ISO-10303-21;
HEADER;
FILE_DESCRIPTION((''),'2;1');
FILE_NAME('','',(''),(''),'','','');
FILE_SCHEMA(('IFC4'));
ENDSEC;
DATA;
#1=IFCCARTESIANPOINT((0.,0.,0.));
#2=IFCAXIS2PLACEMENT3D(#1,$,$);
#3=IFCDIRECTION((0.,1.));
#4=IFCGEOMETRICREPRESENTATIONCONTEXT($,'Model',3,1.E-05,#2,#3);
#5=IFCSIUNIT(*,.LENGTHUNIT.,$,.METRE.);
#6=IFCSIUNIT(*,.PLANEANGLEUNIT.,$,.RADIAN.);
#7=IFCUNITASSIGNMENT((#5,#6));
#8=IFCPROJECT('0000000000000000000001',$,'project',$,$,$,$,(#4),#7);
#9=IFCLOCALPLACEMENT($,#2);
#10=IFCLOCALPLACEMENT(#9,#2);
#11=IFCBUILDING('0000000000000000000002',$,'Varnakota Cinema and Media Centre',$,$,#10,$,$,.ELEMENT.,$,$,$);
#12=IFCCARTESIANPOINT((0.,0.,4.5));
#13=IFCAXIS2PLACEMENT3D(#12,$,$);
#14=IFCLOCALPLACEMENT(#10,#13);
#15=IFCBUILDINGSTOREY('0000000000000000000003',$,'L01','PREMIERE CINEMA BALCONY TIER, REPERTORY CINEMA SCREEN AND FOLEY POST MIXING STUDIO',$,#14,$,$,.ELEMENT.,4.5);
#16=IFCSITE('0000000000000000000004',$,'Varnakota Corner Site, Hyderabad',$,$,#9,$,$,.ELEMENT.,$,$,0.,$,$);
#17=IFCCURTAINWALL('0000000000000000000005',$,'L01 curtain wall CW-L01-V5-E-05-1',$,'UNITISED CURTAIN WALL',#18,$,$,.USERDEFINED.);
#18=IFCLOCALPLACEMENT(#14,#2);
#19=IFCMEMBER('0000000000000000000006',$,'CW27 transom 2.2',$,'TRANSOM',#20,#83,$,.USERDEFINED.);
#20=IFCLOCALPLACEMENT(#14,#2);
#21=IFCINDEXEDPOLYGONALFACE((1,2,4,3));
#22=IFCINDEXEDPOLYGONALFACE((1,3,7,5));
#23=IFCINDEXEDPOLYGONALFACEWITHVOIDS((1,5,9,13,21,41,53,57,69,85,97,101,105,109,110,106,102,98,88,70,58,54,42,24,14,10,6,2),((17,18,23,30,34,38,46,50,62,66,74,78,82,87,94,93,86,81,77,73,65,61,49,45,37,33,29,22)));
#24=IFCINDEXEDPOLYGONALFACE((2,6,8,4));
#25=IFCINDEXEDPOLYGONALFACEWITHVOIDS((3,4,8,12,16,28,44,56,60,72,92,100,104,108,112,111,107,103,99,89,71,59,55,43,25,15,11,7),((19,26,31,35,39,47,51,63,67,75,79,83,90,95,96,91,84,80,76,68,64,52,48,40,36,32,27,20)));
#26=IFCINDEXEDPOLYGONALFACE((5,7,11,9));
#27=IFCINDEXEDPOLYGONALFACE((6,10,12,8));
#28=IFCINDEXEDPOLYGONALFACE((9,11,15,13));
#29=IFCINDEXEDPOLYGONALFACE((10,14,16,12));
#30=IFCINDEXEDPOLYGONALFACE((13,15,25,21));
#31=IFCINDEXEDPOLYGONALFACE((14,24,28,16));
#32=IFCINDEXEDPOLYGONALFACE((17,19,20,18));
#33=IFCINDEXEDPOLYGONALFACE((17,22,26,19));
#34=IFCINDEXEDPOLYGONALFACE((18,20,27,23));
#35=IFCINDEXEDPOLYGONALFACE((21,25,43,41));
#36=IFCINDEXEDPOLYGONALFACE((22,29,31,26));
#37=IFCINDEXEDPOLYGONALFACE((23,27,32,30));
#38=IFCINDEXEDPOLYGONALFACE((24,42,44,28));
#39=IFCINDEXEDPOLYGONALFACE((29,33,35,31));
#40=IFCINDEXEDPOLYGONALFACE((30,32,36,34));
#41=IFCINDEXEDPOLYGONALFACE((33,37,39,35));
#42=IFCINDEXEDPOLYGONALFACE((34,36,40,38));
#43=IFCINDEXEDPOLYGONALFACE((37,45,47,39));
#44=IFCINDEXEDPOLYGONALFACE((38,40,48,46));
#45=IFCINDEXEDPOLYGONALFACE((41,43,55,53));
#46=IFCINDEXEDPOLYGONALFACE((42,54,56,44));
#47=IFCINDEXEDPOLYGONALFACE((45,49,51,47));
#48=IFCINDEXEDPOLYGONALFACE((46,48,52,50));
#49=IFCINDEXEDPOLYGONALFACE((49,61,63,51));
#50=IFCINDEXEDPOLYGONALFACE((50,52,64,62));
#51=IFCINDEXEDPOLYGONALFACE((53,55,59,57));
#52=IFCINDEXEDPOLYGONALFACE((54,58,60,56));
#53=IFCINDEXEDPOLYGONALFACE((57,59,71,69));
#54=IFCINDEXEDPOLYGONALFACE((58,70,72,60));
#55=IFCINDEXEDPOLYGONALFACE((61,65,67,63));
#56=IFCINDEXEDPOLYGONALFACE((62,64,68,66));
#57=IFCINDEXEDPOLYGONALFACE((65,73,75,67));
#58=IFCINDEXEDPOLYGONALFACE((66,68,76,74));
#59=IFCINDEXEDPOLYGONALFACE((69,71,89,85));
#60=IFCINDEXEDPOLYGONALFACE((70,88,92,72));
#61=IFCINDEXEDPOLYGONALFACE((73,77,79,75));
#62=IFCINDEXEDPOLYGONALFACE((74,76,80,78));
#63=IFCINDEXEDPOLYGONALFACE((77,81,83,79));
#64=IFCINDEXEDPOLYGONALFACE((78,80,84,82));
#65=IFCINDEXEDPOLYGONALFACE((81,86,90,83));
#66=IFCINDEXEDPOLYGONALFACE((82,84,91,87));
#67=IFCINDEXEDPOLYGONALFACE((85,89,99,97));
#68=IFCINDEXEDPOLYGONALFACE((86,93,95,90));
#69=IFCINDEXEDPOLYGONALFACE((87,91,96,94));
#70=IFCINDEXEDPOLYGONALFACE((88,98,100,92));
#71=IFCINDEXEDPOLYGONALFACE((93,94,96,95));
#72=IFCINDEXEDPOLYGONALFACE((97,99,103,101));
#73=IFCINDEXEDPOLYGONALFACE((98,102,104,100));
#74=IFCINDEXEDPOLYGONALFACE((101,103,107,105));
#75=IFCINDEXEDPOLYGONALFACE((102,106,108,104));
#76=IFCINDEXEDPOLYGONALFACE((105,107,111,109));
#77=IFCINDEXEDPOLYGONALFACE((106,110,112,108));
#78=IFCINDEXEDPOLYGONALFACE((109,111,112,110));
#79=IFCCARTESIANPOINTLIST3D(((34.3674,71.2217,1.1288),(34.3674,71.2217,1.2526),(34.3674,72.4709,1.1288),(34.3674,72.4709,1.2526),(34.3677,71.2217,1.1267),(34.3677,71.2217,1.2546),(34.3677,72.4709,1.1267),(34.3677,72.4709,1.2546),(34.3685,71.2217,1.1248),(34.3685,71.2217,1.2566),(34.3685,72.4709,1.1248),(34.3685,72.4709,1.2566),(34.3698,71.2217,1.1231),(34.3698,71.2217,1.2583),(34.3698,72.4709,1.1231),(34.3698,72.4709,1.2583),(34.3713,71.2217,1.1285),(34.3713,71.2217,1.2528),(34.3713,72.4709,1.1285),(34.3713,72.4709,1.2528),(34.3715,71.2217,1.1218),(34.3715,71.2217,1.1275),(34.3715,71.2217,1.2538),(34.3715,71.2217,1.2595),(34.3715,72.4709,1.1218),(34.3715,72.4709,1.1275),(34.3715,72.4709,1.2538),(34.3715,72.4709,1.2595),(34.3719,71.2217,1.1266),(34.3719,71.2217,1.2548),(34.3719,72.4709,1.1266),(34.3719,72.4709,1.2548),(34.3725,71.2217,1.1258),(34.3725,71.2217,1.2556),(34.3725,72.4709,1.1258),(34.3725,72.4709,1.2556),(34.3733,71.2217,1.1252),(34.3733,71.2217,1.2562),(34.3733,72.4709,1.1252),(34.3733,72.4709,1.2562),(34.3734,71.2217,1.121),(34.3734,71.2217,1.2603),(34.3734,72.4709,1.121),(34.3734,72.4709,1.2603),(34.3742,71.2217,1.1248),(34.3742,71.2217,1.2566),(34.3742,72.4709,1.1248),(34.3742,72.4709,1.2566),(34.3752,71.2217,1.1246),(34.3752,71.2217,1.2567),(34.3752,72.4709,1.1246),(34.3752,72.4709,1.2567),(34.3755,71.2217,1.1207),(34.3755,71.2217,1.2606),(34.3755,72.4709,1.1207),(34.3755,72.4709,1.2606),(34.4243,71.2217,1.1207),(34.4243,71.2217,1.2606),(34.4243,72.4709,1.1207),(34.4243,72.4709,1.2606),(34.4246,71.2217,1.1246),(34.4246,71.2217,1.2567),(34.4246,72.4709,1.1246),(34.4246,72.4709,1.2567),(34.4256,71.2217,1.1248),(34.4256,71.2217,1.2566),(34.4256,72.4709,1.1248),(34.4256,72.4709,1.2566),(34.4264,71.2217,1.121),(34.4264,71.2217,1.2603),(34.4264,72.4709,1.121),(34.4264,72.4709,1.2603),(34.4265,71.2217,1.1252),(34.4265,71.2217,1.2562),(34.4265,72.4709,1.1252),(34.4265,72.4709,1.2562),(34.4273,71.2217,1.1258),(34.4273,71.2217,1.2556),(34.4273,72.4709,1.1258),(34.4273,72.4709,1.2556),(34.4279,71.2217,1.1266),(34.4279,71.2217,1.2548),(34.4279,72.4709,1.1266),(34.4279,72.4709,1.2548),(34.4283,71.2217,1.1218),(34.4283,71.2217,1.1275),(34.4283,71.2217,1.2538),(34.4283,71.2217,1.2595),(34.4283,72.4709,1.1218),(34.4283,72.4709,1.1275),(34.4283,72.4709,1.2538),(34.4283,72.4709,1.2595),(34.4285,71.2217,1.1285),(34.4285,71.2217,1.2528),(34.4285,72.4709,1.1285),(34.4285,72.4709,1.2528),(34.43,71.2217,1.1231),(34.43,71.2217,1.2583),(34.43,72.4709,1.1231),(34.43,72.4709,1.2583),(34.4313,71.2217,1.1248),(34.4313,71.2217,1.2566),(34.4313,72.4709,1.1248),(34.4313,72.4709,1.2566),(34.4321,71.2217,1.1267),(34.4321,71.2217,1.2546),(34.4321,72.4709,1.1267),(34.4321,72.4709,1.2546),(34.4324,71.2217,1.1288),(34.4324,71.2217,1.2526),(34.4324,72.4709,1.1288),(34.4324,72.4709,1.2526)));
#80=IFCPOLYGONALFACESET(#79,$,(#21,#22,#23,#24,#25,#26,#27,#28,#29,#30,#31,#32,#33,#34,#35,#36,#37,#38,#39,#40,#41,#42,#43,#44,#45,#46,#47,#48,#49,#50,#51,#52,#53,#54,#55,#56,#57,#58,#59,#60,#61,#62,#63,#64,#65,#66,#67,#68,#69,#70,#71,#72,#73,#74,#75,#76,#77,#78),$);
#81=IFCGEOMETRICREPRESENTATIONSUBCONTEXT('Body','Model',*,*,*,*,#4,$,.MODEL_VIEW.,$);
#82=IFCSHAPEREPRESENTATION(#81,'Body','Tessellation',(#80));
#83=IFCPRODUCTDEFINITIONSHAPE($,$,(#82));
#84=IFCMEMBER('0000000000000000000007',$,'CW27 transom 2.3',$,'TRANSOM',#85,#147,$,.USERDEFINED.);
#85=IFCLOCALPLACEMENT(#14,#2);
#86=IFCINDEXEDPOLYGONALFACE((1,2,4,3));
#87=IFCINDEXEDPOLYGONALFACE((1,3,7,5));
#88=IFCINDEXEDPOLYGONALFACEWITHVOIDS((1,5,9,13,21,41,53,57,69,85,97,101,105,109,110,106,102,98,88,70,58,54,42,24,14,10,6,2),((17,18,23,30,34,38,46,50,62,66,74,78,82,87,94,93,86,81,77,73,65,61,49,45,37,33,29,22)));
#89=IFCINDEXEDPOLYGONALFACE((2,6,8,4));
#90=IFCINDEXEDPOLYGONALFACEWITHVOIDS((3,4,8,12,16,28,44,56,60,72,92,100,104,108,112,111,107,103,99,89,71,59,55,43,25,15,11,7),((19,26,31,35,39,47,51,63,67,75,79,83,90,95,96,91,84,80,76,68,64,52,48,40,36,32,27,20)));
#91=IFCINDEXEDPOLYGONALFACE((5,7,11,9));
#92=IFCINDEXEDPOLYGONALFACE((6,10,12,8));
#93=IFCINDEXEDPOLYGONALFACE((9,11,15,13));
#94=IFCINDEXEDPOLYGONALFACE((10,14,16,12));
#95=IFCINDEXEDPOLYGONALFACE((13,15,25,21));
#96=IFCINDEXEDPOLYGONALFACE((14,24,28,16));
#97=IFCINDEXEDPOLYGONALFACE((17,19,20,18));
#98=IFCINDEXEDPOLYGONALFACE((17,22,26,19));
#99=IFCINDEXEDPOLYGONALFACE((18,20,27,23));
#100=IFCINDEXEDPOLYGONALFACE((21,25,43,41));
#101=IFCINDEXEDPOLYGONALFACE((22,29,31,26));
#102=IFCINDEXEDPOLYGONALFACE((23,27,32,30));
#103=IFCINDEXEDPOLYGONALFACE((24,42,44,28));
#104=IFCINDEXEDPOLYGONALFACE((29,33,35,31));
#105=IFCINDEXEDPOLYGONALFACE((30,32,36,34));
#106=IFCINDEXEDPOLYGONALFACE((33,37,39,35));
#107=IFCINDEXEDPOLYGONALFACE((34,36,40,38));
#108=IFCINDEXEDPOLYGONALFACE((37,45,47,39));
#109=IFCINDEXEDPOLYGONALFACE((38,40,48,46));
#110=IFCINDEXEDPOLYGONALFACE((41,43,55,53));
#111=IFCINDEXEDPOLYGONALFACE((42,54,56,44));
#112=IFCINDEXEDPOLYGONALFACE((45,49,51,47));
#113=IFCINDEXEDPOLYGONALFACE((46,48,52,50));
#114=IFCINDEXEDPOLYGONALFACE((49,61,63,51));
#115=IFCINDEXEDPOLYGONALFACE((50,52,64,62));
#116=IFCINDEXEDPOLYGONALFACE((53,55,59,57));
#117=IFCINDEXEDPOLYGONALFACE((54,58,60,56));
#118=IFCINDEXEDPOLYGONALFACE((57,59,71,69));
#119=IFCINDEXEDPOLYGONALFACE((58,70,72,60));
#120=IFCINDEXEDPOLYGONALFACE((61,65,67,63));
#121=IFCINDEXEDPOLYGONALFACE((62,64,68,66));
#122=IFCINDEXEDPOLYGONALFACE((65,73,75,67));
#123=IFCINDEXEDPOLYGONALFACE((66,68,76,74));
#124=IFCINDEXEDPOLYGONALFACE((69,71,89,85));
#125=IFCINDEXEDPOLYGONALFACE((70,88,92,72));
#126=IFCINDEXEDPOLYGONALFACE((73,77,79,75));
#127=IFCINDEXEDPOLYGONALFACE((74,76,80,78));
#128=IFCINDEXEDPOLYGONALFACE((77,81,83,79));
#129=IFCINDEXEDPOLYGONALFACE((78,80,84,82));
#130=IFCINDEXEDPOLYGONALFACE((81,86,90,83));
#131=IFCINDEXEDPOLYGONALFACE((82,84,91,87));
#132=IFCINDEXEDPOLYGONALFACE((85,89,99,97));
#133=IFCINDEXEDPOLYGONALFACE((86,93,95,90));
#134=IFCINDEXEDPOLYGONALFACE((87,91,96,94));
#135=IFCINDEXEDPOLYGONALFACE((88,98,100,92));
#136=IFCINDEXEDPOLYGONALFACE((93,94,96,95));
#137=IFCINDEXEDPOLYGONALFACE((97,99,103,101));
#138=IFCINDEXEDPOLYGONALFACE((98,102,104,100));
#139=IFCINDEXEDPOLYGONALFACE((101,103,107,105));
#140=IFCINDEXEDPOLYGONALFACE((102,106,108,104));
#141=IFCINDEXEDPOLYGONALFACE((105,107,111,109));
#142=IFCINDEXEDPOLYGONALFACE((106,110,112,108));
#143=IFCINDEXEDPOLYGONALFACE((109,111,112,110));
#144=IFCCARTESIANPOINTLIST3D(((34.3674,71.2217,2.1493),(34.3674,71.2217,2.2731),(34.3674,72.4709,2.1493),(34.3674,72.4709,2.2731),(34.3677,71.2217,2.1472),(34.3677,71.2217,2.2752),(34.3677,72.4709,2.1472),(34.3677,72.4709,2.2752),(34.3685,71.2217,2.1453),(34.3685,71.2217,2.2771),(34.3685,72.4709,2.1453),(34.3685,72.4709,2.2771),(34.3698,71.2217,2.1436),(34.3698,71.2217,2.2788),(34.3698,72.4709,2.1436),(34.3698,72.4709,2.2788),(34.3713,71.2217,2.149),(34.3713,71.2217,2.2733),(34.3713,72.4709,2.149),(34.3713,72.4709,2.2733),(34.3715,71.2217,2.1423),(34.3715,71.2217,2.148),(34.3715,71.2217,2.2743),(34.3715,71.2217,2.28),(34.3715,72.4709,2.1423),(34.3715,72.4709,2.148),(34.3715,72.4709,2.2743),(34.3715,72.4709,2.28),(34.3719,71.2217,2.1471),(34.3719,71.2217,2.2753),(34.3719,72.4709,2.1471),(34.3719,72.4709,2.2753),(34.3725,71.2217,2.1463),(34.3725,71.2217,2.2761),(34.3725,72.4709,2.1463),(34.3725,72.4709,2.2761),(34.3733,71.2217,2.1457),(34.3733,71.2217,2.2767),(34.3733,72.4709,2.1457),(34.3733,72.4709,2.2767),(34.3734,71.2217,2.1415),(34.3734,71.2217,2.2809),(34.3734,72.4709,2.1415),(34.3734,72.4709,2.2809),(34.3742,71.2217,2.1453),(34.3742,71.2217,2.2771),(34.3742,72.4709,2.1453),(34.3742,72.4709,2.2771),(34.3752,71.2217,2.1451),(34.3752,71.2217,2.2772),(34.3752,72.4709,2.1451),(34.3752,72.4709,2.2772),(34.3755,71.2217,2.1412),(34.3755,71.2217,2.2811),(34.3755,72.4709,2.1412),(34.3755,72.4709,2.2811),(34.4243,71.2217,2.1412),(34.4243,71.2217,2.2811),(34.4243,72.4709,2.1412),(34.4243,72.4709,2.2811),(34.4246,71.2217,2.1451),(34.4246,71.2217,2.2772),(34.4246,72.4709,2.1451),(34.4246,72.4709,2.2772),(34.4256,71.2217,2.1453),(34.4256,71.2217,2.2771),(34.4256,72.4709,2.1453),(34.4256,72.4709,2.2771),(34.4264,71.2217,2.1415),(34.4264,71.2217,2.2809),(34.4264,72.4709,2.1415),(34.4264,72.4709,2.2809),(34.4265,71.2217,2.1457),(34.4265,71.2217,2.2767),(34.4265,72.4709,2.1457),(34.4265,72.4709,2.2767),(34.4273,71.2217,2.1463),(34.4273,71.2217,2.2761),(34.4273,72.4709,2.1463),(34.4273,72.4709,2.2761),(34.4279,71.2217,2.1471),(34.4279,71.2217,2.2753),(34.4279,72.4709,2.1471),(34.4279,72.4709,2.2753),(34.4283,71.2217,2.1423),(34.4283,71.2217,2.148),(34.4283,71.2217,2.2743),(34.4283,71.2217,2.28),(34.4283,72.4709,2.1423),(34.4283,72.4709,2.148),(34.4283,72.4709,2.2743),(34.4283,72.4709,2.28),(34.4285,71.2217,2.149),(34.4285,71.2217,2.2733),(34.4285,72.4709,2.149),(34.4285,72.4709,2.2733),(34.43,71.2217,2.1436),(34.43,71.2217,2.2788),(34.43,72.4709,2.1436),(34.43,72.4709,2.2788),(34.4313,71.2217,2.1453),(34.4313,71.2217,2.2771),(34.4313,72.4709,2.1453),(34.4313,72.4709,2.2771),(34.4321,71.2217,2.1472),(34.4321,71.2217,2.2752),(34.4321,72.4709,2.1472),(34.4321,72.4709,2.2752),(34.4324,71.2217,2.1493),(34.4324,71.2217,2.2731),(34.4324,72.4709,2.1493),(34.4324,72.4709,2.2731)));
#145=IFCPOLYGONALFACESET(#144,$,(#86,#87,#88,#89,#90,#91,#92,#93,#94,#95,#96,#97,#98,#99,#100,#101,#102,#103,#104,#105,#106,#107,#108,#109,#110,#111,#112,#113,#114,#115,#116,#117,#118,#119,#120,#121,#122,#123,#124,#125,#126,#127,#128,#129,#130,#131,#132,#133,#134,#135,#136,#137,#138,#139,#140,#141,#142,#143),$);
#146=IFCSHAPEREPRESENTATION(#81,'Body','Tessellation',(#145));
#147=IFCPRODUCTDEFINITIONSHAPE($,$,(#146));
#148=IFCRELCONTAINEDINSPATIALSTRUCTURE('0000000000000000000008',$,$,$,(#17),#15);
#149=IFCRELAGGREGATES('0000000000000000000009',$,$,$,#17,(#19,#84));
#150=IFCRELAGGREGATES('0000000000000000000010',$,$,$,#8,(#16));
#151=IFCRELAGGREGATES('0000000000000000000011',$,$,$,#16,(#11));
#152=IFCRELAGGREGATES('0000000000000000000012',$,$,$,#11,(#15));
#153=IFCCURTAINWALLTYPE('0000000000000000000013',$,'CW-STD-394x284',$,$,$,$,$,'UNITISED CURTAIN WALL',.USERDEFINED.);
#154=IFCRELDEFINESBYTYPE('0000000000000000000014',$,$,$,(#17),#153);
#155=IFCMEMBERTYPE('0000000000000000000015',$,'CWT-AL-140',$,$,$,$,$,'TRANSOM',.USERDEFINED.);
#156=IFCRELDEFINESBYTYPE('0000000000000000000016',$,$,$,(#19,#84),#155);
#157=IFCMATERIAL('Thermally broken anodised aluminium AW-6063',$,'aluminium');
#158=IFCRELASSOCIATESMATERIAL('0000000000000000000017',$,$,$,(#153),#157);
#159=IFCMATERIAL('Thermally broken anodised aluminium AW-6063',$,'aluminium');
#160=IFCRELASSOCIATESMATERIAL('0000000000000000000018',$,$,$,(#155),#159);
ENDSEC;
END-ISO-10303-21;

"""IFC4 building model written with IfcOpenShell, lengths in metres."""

from ifc_helpers import new_model, si_unit, direction, frame, origin, origin_2d, place, context, subcontext, project, spatial, hollow_rectangle, extrude, material, material_profile, profile_set, type_object, element, aggregate, save


model = new_model("IFC4")

# Units and contexts
model_context = context("Model", 3, precision=1e-05, world=origin(), true_north=direction((0.0, 1.0)))
body_context = subcontext(model_context, "Body", "Model", "MODEL_VIEW")
ifc_project = project(units=[si_unit("LENGTHUNIT", "METRE"), si_unit("PLANEANGLEUNIT", "RADIAN")], contexts=[model_context])

# Site, building, storey
site_placement = place(None, origin())
site = spatial("IfcSite", under=ifc_project, at=site_placement, Name="Varnakota Corner Site, Hyderabad", CompositionType="ELEMENT", RefElevation=0.0)
building_placement = place(site_placement, origin())
building = spatial("IfcBuilding", under=site, at=building_placement, Name="Varnakota Cinema and Media Centre", CompositionType="ELEMENT")
storey_placement = place(building_placement, frame((0.0, 0.0, 4.5)))
storey = spatial("IfcBuildingStorey", under=building, at=storey_placement, Name="L01", Description="PREMIERE CINEMA BALCONY TIER, REPERTORY CINEMA SCREEN AND FOLEY POST MIXING STUDIO", CompositionType="ELEMENT", Elevation=4.5)

# Curtain wall, members
ifc_material_1 = material(Name="Thermally broken anodised aluminium AW-6063", Category="aluminium")
curtain_wall_type = type_object("IfcCurtainWallType", Name="CW-STD-394x284", ElementType="UNITISED CURTAIN WALL", PredefinedType="USERDEFINED", material=ifc_material_1)
curtain_wall_placement = place(storey_placement, origin())
curtain_wall = element("IfcCurtainWall", 1, at=curtain_wall_placement, inside=storey, type_object=curtain_wall_type, Name="L01 curtain wall CW-L01-V5-E-05-1", ObjectType="UNITISED CURTAIN WALL", PredefinedType="USERDEFINED")
ifc_material_2 = material(Name="Thermally broken anodised aluminium AW-6063", Category="aluminium")
ifc_material_profile_1 = material_profile(ifc_material_2, hollow_rectangle(XDim=0.0649, YDim=0.1399, WallThickness=0.0039, InnerFilletRadius=0.0039, OuterFilletRadius=0.0081, at=origin_2d()), Name="AL-TRANSOM 140x65x4")
ifc_profile_set_1 = profile_set([ifc_material_profile_1], Name="Thermally broken anodised aluminium AW-6063")
member_type_1 = type_object("IfcMemberType", Name="CWT-AL-140", ElementType="TRANSOM", PredefinedType="USERDEFINED", material=ifc_profile_set_1)
member_1_placement = place(storey_placement, frame((34.3999, 71.2217, 1.1907), z_axis=(0.0, 1.0, 0.0), x_axis=(-1.0, 0.0, 0.0)))
member_1 = element("IfcMember", 2, at=member_1_placement, type_object=member_type_1, Name="CW27 transom 2.2", ObjectType="TRANSOM", PredefinedType="USERDEFINED", context=body_context, shape_type="SweptSolid", body=[
    extrude(hollow_rectangle(XDim=0.0649, YDim=0.1399, WallThickness=0.0039, InnerFilletRadius=0.0039, OuterFilletRadius=0.0081, at=origin_2d()), origin(), (0.0, 0.0, 1.0), 1.2493),
])
member_2_placement = place(storey_placement, frame((34.3999, 71.2217, 2.2112), z_axis=(0.0, 1.0, 0.0), x_axis=(-1.0, 0.0, 0.0)))
member_2 = element("IfcMember", 3, at=member_2_placement, type_object=member_type_1, Name="CW27 transom 2.3", ObjectType="TRANSOM", PredefinedType="USERDEFINED", context=body_context, shape_type="SweptSolid", body=[
    extrude(hollow_rectangle(XDim=0.0649, YDim=0.1399, WallThickness=0.0039, InnerFilletRadius=0.0039, OuterFilletRadius=0.0081, at=origin_2d()), origin(), (0.0, 0.0, 1.0), 1.2493),
])
aggregate(curtain_wall, [member_1, member_2])

save(model, "model.ifc")
